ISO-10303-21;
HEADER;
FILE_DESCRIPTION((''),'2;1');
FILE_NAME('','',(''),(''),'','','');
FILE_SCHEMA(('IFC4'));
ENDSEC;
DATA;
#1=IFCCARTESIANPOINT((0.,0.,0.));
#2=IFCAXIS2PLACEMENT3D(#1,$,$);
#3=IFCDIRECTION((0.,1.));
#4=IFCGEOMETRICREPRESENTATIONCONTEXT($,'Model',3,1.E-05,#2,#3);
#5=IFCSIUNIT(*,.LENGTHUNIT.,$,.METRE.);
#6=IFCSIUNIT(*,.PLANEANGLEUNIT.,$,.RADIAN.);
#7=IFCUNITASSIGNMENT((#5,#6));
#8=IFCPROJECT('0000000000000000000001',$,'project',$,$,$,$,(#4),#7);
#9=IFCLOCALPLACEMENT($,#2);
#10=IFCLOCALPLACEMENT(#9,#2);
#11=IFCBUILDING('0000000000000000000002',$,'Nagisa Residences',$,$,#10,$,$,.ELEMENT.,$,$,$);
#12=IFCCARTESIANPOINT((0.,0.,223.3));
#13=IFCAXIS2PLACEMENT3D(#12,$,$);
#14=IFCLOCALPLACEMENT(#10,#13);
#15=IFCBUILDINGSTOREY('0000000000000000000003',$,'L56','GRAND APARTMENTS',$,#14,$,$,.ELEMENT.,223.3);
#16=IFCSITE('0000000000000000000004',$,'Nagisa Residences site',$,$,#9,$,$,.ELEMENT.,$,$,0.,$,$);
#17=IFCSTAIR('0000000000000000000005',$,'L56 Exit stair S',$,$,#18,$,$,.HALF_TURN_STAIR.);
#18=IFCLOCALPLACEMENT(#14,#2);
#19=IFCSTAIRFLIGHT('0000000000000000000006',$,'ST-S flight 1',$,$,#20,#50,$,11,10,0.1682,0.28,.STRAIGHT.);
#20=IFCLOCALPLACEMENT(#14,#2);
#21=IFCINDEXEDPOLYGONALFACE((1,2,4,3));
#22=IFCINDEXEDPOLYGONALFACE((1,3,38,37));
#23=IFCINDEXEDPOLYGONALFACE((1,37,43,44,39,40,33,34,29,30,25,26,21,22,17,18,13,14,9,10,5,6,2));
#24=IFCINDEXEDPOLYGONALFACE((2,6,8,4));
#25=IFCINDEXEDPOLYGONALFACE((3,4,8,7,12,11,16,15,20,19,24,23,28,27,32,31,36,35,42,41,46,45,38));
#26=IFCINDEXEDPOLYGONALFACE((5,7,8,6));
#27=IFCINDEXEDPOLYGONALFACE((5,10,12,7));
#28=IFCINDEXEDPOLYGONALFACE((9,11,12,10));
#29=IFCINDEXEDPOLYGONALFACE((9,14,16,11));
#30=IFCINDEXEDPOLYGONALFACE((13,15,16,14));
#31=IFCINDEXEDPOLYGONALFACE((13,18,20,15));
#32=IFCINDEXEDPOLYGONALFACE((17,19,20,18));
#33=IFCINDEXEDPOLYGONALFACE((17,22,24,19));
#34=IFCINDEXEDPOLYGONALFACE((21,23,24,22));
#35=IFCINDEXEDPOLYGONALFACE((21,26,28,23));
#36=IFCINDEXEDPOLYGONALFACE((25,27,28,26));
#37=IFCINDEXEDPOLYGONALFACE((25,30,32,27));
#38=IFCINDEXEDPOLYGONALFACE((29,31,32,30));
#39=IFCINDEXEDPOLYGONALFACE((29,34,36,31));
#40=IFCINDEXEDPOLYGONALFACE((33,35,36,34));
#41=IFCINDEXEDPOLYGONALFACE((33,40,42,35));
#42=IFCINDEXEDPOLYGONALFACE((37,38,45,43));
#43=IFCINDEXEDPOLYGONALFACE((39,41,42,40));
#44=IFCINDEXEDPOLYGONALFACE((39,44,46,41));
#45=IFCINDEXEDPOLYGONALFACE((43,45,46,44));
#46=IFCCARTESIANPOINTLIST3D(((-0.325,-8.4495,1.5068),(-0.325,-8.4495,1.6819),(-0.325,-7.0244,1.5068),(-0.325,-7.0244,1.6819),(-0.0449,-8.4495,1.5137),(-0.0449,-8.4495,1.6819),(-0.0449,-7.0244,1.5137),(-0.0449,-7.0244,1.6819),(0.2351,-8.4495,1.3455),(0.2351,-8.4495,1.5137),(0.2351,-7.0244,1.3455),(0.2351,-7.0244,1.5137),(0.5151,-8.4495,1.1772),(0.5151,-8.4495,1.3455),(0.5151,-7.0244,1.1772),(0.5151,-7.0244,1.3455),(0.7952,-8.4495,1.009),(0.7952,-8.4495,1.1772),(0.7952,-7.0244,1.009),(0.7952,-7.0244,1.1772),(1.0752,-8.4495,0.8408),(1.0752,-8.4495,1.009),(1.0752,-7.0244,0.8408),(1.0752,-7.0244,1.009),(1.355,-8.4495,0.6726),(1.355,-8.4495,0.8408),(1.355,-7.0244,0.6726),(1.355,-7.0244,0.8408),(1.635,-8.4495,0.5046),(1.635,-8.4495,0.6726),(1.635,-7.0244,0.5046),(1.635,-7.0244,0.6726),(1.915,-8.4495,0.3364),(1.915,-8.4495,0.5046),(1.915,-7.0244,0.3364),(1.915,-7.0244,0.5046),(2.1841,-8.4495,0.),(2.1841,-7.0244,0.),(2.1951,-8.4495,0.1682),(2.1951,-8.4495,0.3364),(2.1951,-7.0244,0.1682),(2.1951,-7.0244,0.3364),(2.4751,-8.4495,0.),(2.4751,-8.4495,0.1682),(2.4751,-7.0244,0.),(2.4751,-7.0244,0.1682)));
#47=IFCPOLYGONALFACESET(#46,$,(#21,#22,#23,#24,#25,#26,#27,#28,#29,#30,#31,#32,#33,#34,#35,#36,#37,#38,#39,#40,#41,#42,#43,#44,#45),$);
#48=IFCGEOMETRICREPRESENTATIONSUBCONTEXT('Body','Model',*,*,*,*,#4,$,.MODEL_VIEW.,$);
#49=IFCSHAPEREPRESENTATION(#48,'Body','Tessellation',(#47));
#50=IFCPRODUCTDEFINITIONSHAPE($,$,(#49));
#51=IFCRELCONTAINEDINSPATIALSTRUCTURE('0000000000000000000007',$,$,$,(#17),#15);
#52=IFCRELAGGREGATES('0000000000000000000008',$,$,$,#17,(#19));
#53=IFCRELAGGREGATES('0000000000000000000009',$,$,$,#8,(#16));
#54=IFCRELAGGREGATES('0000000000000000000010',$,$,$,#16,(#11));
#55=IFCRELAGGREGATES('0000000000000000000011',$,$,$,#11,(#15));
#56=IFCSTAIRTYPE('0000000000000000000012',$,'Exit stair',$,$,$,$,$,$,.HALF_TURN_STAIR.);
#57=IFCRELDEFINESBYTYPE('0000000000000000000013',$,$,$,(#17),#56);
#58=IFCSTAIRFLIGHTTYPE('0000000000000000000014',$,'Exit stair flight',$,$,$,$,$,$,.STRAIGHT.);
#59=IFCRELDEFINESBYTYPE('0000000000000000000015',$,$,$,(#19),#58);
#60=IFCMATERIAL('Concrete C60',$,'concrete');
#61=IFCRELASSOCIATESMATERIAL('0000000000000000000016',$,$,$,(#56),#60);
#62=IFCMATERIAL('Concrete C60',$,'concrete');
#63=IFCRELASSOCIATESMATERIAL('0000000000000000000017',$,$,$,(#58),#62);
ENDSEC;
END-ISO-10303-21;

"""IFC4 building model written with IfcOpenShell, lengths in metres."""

from ifc_helpers import new_model, si_unit, direction, frame, origin, place, context, subcontext, project, spatial, polyline, outline, extrude, material, type_object, element, aggregate, save


model = new_model("IFC4")

# Units and contexts
model_context = context("Model", 3, precision=1e-05, world=origin(), true_north=direction((0.0, 1.0)))
body_context = subcontext(model_context, "Body", "Model", "MODEL_VIEW")
ifc_project = project(units=[si_unit("LENGTHUNIT", "METRE"), si_unit("PLANEANGLEUNIT", "RADIAN")], contexts=[model_context])

# Site, building, storey
site_placement = place(None, origin())
site = spatial("IfcSite", under=ifc_project, at=site_placement, Name="Nagisa Residences site", CompositionType="ELEMENT", RefElevation=0.0)
building_placement = place(site_placement, origin())
building = spatial("IfcBuilding", under=site, at=building_placement, Name="Nagisa Residences", CompositionType="ELEMENT")
storey_placement = place(building_placement, frame((0.0, 0.0, 223.3)))
storey = spatial("IfcBuildingStorey", under=building, at=storey_placement, Name="L56", Description="GRAND APARTMENTS", CompositionType="ELEMENT", Elevation=223.3)

# Stair, stair flight
ifc_material_1 = material(Name="Concrete C60", Category="concrete")
stair_type = type_object("IfcStairType", Name="Exit stair", PredefinedType="HALF_TURN_STAIR", material=ifc_material_1)
stair_placement = place(storey_placement, origin())
stair = element("IfcStair", 1, at=stair_placement, inside=storey, type_object=stair_type, Name="L56 Exit stair S", PredefinedType="HALF_TURN_STAIR")
ifc_material_2 = material(Name="Concrete C60", Category="concrete")
stair_flight_type = type_object("IfcStairFlightType", Name="Exit stair flight", PredefinedType="STRAIGHT", material=ifc_material_2)
stair_flight_placement = place(storey_placement, frame((2.4751, -7.7371, 0.0), z_axis=(0.0, 0.0, 1.0), x_axis=(-1.0, 0.0, 0.0)))
stair_flight = element("IfcStairFlight", 2, at=stair_flight_placement, type_object=stair_flight_type, Name="ST-S flight 1", NumberOfRisers=11, NumberOfTreads=10, PredefinedType="STRAIGHT", RiserHeight=0.1682, TreadLength=0.28, context=body_context, shape_type="SweptSolid", body=[
    extrude(outline(polyline([(0.0, 0.0), (0.0, 0.1682), (0.28, 0.1682), (0.28, 0.3364), (0.5601, 0.3364), (0.5601, 0.5046), (0.8401, 0.5046), (0.8401, 0.6726), (1.1201, 0.6726), (1.1201, 0.8408), (1.3999, 0.8408), (1.3999, 1.009), (1.6799, 1.009), (1.6799, 1.1772), (1.96, 1.1772), (1.96, 1.3455), (2.24, 1.3455), (2.24, 1.5137), (2.52, 1.5137), (2.52, 1.6819), (2.8, 1.6819), (2.8, 1.8501), (2.8, 1.5068), (0.291, 0.0), (0.0, 0.0)])), frame((0.0, 0.7124, 0.0), z_axis=(0.0, -1.0, 0.0), x_axis=(1.0, 0.0, 0.0)), (0.0, 0.0, 1.0), 1.425),
])
aggregate(stair, [stair_flight])

save(model, "model.ifc")
